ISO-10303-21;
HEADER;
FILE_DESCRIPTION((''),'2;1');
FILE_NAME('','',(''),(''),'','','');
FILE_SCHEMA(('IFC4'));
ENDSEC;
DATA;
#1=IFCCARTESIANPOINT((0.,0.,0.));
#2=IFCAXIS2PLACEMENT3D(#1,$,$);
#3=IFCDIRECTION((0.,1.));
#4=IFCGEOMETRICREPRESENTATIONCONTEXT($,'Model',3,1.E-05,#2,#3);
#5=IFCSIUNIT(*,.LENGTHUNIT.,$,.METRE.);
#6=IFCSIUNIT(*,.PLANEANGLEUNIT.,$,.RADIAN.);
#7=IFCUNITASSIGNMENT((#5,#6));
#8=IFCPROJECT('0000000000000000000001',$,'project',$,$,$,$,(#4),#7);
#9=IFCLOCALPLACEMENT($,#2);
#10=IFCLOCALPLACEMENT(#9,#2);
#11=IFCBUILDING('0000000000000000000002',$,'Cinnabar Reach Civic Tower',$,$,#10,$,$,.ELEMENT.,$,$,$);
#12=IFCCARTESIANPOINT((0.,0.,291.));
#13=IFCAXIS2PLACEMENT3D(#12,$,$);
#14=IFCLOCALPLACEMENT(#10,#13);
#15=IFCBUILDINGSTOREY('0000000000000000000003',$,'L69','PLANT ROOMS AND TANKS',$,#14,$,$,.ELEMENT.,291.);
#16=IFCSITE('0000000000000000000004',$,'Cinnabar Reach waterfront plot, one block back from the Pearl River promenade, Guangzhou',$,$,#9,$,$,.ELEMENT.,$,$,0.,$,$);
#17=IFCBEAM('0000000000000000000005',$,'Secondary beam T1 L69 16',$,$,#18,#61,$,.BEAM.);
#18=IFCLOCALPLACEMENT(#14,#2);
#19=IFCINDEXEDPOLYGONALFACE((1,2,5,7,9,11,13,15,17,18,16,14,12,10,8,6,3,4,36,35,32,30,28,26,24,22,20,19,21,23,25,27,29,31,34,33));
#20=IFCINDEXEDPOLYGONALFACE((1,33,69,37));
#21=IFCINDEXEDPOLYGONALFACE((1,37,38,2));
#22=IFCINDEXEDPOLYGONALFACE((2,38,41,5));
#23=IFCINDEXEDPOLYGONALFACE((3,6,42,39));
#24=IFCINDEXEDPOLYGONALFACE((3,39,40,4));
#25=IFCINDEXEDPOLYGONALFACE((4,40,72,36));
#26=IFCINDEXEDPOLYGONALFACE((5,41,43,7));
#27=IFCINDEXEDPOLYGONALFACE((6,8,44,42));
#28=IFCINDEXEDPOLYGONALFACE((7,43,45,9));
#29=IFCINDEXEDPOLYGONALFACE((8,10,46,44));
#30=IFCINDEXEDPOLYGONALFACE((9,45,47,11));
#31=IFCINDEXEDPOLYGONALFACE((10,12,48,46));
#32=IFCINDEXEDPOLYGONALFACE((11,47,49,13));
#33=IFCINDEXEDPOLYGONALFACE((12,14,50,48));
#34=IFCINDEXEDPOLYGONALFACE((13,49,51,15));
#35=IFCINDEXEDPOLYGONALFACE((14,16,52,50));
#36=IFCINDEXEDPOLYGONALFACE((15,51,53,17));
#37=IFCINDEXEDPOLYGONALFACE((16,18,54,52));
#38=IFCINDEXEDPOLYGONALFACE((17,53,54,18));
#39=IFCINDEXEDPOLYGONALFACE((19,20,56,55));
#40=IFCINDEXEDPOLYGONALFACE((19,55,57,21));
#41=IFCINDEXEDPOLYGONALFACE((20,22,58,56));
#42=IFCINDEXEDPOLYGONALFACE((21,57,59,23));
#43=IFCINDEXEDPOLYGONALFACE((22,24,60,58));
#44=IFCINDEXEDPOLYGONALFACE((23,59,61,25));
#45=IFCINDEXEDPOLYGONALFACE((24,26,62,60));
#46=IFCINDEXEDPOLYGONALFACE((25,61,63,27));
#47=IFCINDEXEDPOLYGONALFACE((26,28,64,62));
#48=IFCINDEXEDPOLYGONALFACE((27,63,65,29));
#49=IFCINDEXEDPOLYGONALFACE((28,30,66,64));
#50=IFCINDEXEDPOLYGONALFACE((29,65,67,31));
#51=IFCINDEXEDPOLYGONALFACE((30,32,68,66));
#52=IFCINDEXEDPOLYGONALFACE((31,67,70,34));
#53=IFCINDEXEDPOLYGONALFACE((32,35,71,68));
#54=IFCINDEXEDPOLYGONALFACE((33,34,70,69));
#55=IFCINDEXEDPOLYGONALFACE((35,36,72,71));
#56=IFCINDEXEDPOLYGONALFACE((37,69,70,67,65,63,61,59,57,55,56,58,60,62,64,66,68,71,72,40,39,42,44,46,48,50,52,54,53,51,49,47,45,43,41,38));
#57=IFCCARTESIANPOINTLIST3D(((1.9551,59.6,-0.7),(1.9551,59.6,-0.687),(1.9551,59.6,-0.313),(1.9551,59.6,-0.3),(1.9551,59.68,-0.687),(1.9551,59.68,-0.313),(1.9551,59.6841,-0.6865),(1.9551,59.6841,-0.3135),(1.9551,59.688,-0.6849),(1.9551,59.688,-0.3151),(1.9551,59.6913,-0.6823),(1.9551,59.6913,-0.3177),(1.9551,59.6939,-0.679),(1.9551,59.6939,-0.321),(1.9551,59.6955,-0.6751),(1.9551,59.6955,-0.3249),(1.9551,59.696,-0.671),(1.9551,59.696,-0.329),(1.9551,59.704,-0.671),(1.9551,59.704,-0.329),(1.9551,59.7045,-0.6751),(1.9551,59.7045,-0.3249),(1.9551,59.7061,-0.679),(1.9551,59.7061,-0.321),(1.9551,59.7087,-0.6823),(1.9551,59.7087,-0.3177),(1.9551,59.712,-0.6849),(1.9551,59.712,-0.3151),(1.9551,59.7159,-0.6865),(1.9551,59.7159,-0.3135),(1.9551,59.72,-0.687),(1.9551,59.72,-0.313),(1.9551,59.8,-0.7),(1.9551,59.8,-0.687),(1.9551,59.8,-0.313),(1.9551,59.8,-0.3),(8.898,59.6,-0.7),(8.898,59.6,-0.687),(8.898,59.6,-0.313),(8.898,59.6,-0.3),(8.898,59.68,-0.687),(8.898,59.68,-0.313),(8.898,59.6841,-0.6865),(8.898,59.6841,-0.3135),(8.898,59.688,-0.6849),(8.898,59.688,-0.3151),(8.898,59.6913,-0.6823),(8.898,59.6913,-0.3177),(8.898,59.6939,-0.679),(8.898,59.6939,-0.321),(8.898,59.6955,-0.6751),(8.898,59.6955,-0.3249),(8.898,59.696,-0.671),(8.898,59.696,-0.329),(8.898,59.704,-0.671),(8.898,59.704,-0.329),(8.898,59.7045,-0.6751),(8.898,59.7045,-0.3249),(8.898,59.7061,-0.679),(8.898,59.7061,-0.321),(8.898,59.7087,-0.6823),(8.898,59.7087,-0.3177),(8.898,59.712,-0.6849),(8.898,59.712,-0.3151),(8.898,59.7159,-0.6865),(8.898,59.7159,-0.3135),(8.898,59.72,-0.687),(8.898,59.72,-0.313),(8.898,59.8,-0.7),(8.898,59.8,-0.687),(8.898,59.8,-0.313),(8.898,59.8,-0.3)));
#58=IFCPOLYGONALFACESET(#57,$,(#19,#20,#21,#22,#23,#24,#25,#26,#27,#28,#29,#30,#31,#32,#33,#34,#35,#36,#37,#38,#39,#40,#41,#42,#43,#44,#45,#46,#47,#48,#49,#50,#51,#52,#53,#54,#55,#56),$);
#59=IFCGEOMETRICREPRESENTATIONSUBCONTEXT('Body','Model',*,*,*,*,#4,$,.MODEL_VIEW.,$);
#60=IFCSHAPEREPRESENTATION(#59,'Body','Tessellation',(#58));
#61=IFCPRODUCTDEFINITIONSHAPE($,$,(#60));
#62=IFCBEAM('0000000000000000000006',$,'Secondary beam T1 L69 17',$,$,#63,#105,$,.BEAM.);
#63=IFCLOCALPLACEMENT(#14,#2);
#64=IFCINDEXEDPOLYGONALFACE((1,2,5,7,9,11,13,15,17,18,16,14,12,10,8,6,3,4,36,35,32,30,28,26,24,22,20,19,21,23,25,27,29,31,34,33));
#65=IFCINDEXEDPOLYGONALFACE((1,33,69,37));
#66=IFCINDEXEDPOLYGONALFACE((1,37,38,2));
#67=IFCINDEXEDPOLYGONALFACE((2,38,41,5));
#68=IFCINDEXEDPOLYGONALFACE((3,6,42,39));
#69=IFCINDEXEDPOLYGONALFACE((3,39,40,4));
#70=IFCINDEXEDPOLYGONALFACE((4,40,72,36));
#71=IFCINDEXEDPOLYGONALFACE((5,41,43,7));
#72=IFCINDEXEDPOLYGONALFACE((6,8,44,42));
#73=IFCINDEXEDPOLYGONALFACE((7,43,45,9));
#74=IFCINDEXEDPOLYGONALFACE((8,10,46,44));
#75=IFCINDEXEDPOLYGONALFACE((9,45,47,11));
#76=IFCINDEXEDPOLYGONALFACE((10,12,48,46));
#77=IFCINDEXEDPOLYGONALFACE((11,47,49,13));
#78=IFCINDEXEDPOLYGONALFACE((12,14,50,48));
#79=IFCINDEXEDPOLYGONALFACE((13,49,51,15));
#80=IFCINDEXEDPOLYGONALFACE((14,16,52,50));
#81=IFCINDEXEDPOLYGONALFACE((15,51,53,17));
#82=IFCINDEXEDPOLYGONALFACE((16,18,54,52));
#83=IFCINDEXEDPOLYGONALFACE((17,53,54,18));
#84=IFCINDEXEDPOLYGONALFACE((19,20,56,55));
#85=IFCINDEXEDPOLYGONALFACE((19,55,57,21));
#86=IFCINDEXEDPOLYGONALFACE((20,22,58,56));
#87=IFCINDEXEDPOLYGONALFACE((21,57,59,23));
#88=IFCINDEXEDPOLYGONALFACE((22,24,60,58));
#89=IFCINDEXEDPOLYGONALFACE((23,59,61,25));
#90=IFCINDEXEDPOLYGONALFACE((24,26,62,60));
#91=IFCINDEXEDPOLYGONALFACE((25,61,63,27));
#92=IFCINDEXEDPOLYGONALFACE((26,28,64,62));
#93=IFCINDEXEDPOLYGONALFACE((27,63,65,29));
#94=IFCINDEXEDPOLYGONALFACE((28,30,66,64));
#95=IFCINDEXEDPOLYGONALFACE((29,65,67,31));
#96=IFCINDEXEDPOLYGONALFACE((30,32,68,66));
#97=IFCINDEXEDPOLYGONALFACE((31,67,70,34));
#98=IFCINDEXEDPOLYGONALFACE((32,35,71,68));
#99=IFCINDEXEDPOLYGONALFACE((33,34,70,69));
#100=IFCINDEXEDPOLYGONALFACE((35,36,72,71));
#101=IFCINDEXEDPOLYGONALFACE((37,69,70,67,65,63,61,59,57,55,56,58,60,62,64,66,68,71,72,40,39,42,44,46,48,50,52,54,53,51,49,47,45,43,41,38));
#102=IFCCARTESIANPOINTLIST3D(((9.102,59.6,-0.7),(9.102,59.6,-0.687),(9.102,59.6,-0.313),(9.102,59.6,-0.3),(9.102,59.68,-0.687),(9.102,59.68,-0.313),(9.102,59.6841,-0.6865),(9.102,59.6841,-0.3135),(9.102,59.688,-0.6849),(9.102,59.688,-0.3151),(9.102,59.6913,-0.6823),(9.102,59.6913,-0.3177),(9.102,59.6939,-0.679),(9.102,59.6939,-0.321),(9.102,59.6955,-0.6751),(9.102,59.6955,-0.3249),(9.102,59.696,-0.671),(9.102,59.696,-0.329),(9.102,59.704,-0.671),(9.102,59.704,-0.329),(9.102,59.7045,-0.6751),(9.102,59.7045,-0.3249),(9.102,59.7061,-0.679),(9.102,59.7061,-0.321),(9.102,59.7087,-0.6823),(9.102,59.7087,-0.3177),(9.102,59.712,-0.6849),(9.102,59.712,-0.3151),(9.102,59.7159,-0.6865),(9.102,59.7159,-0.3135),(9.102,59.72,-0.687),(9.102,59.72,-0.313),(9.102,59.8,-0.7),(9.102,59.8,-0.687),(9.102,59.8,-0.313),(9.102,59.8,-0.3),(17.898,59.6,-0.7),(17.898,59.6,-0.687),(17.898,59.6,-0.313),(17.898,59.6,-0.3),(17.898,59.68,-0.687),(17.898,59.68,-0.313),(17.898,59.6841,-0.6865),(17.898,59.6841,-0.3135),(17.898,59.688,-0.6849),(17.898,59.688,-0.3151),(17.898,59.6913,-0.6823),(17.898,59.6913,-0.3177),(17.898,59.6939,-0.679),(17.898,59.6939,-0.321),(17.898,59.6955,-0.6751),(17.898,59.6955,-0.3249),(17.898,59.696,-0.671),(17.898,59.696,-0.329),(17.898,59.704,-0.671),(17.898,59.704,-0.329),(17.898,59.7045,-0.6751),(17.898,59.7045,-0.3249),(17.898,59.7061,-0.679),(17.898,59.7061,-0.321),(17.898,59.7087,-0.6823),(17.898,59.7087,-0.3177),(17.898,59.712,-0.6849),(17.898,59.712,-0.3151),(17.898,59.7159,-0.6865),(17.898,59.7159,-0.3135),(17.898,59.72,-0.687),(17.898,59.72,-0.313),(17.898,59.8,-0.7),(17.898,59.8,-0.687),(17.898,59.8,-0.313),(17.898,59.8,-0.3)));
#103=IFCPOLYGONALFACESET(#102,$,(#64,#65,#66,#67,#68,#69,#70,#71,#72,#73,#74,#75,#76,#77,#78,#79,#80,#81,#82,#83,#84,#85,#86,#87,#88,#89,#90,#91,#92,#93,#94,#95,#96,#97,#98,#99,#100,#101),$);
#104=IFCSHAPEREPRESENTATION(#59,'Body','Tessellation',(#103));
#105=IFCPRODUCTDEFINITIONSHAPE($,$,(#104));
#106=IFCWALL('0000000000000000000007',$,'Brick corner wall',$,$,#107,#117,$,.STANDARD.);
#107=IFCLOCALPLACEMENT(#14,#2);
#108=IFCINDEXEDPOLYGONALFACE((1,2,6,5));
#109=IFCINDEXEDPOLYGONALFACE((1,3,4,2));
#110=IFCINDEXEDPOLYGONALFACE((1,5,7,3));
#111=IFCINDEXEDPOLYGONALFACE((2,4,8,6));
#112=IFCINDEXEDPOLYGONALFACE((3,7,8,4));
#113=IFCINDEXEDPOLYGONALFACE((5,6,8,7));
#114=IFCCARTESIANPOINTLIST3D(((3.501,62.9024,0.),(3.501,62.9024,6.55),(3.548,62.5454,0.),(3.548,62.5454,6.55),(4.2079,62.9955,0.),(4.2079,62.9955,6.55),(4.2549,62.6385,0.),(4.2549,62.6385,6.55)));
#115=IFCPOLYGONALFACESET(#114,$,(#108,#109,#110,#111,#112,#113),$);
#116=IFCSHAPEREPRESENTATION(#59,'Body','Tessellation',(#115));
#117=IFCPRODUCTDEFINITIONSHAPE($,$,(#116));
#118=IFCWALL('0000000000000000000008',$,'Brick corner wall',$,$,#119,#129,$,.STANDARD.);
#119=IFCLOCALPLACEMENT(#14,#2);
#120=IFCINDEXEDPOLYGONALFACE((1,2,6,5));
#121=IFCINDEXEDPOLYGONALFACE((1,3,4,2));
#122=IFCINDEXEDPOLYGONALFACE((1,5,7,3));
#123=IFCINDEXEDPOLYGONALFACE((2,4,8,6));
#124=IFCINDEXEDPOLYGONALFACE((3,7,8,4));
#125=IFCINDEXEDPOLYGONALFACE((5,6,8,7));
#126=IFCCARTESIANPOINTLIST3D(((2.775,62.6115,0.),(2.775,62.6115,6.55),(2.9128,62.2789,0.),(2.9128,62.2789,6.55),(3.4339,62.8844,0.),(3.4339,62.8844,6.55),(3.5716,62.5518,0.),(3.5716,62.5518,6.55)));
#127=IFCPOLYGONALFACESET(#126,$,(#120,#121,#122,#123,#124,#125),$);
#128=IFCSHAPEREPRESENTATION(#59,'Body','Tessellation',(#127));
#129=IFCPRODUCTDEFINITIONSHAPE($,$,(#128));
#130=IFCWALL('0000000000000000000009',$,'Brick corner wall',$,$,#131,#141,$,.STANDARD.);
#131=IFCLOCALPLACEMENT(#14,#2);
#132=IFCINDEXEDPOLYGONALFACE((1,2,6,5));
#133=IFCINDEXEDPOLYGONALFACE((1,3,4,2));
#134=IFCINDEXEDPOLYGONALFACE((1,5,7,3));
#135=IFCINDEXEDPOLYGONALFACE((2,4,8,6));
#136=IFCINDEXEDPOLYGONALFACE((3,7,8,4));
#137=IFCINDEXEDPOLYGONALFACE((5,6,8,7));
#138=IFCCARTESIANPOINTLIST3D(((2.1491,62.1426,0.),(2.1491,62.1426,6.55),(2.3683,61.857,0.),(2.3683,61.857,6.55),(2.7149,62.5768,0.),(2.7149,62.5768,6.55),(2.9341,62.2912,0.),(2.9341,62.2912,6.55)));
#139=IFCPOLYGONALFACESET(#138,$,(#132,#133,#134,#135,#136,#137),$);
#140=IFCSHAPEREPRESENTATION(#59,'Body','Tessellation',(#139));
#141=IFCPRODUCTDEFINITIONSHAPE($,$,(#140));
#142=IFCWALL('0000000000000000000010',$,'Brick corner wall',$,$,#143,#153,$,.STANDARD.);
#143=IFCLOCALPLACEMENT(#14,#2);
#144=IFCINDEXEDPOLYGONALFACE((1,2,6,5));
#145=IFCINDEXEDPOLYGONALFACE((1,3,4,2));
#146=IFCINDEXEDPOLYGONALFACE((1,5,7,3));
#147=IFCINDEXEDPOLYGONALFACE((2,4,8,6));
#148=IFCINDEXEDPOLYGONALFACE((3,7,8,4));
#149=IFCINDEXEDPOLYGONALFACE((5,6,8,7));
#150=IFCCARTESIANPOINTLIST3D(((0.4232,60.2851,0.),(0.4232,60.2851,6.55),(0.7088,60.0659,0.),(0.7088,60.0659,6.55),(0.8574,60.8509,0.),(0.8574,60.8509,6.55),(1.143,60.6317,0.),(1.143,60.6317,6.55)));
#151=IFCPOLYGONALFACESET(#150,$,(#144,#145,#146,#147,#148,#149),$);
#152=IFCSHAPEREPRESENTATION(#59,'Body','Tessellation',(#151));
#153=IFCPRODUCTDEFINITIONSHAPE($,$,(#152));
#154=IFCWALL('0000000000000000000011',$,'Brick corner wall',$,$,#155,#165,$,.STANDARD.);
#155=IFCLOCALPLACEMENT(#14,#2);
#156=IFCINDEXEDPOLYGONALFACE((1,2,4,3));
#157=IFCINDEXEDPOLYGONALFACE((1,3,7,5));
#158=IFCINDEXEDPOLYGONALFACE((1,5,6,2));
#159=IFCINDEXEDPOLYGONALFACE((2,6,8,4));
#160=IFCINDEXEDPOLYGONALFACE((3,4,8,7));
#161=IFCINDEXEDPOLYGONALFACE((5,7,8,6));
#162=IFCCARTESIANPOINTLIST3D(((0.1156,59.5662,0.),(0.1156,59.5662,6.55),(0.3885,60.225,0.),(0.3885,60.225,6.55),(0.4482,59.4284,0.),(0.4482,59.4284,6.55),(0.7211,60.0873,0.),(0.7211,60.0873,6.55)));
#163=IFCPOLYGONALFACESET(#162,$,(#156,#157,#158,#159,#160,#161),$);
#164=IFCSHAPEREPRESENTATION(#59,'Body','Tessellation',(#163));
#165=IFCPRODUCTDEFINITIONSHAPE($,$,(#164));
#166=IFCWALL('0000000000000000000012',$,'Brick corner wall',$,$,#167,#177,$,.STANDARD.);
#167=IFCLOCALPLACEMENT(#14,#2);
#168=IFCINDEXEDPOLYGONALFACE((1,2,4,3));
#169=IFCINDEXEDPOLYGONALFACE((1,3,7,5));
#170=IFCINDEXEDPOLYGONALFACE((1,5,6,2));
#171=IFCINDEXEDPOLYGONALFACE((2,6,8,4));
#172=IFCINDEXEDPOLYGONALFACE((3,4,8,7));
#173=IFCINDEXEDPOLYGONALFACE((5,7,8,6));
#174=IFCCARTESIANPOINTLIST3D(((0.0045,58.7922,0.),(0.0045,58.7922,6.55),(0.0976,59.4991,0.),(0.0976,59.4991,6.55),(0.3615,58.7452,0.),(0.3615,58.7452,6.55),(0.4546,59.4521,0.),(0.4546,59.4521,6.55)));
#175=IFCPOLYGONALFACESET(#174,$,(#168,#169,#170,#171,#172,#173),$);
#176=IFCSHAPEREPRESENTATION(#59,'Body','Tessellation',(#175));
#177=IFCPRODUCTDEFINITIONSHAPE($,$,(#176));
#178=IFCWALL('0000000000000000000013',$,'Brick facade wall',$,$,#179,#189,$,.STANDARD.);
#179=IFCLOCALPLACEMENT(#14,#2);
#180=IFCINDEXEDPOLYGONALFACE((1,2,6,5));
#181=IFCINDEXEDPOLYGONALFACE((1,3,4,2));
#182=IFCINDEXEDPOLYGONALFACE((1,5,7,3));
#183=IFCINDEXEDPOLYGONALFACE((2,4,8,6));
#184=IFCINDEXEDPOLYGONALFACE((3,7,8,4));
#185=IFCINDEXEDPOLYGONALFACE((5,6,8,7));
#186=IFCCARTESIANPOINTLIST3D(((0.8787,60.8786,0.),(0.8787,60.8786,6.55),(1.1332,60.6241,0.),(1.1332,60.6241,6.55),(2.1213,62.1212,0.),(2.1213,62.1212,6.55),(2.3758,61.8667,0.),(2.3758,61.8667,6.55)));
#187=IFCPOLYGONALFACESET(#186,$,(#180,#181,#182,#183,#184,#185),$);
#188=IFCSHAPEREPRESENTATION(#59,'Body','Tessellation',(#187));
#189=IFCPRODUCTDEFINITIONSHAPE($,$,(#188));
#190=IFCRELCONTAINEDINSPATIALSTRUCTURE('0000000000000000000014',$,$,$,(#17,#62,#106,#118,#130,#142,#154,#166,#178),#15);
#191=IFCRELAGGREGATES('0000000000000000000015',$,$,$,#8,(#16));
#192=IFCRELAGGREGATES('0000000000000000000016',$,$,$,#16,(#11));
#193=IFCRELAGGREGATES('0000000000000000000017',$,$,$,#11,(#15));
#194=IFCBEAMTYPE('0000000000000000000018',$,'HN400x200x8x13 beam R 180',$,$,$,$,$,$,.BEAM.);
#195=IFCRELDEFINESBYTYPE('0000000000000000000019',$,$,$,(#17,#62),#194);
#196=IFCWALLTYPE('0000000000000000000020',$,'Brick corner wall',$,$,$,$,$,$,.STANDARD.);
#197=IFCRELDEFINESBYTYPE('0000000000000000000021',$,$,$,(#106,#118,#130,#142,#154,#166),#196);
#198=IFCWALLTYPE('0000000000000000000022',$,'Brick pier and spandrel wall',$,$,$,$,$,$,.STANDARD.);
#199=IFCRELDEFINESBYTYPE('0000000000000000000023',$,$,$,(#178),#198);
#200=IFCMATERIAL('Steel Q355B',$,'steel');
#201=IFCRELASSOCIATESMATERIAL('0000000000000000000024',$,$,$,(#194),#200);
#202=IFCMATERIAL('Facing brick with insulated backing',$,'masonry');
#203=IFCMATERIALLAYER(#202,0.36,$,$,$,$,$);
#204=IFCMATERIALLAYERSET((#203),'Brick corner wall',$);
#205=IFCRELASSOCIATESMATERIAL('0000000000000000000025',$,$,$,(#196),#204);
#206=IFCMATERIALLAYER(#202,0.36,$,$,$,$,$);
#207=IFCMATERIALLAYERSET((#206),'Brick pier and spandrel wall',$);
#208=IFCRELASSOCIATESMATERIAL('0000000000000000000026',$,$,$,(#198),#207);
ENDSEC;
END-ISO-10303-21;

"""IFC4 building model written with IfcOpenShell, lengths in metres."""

from ifc_helpers import new_model, si_unit, direction, frame, frame_2d, origin, origin_2d, place, context, subcontext, project, spatial, rectangle, i_section, extrude, material, layer, layer_set, material_profile, profile_set, type_object, element, save


model = new_model("IFC4")

# Units and contexts
model_context = context("Model", 3, precision=1e-05, world=origin(), true_north=direction((0.0, 1.0)))
body_context = subcontext(model_context, "Body", "Model", "MODEL_VIEW")
ifc_project = project(units=[si_unit("LENGTHUNIT", "METRE"), si_unit("PLANEANGLEUNIT", "RADIAN")], contexts=[model_context])

# Site, building, storey
site_placement = place(None, origin())
site = spatial("IfcSite", under=ifc_project, at=site_placement, Name="Cinnabar Reach waterfront plot, one block back from the Pearl River promenade, Guangzhou", CompositionType="ELEMENT", RefElevation=0.0)
building_placement = place(site_placement, origin())
building = spatial("IfcBuilding", under=site, at=building_placement, Name="Cinnabar Reach Civic Tower", CompositionType="ELEMENT")
storey_placement = place(building_placement, frame((0.0, 0.0, 291.0)))
storey = spatial("IfcBuildingStorey", under=building, at=storey_placement, Name="L69", Description="PLANT ROOMS AND TANKS", CompositionType="ELEMENT", Elevation=291.0)

# Beams
ifc_material_1 = material(Name="Steel Q355B", Category="steel")
ifc_material_profile_1 = material_profile(ifc_material_1, i_section(OverallWidth=0.2, OverallDepth=0.4, WebThickness=0.008, FlangeThickness=0.013, FilletRadius=0.016, at=origin_2d()), Name="HN400x200x8x13")
ifc_profile_set_1 = profile_set([ifc_material_profile_1], Name="Steel Q355B")
beam_type_1 = type_object("IfcBeamType", Name="HN400x200x8x13 beam R 180", PredefinedType="BEAM", material=ifc_profile_set_1)
beam_1_placement = place(storey_placement, frame((1.9551, 59.7, -0.5), z_axis=(1.0, 0.0, 0.0), x_axis=(0.0, 1.0, 0.0)))
element("IfcBeam", 1, at=beam_1_placement, inside=storey, type_object=beam_type_1, Name="Secondary beam T1 L69 16", PredefinedType="BEAM", context=body_context, shape_type="SweptSolid", body=[
    extrude(i_section(OverallWidth=0.2, OverallDepth=0.4, WebThickness=0.008, FlangeThickness=0.013, FilletRadius=0.016, at=origin_2d()), origin(), (0.0, 0.0, 1.0), 6.9429),
])
beam_2_placement = place(storey_placement, frame((9.102, 59.7, -0.5), z_axis=(1.0, 0.0, 0.0), x_axis=(0.0, 1.0, 0.0)))
element("IfcBeam", 2, at=beam_2_placement, inside=storey, type_object=beam_type_1, Name="Secondary beam T1 L69 17", PredefinedType="BEAM", context=body_context, shape_type="SweptSolid", body=[
    extrude(i_section(OverallWidth=0.2, OverallDepth=0.4, WebThickness=0.008, FlangeThickness=0.013, FilletRadius=0.016, at=origin_2d()), origin(), (0.0, 0.0, 1.0), 8.796),
])

# Walls
ifc_material_2 = material(Name="Facing brick with insulated backing", Category="masonry")
ifc_layer_1 = layer(ifc_material_2, 0.36)
ifc_layer_set_1 = layer_set([ifc_layer_1], Name="Brick corner wall")
wall_type_1 = type_object("IfcWallType", Name="Brick corner wall", PredefinedType="STANDARD", material=ifc_layer_set_1)
for number, where, z_axis, x_axis, name in (
    (3, (4.2314, 62.817, 0.0), (0.0, 0.0, 1.0), (-0.991441, -0.130556, 0.0), "Brick corner wall"),
    (4, (3.5027, 62.7181, 0.0), (0.0, 0.0, 1.0), (-0.923872, -0.382703, 0.0), "Brick corner wall"),
):
    element("IfcWall", number, at=place(storey_placement, frame(where, z_axis=z_axis, x_axis=x_axis)), inside=storey, type_object=wall_type_1, Name=name, PredefinedType="STANDARD", context=body_context, shape_type="SweptSolid", body=[
        extrude(rectangle(XDim=0.7131, YDim=0.36, at=frame_2d((0.3565, 0.0))), origin(), (0.0, 0.0, 1.0), 6.55),
    ])
for number, where, z_axis, x_axis, name in (
    (5, (2.8245, 62.434, 0.0), (0.0, 0.0, 1.0), (-0.793322, -0.608802, 0.0), "Brick corner wall"),
    (6, (1.0002, 60.7413, 0.0), (0.0, 0.0, 1.0), (-0.608802, -0.793322, 0.0), "Brick corner wall"),
):
    element("IfcWall", number, at=place(storey_placement, frame(where, z_axis=z_axis, x_axis=x_axis)), inside=storey, type_object=wall_type_1, Name=name, PredefinedType="STANDARD", context=body_context, shape_type="SweptSolid", body=[
        extrude(rectangle(XDim=0.7132, YDim=0.36, at=frame_2d((0.3566, 0.0))), origin(), (0.0, 0.0, 1.0), 6.55),
    ])
for number, where, z_axis, x_axis, name in (
    (7, (0.5548, 60.1561, 0.0), (0.0, 0.0, 1.0), (-0.382703, -0.923872, 0.0), "Brick corner wall"),
    (8, (0.2761, 59.4756, 0.0), (0.0, 0.0, 1.0), (-0.130556, -0.991441, 0.0), "Brick corner wall"),
):
    element("IfcWall", number, at=place(storey_placement, frame(where, z_axis=z_axis, x_axis=x_axis)), inside=storey, type_object=wall_type_1, Name=name, PredefinedType="STANDARD", context=body_context, shape_type="SweptSolid", body=[
        extrude(rectangle(XDim=0.7131, YDim=0.36, at=frame_2d((0.3565, 0.0))), origin(), (0.0, 0.0, 1.0), 6.55),
    ])
ifc_layer_2 = layer(ifc_material_2, 0.36)
ifc_layer_set_2 = layer_set([ifc_layer_2], Name="Brick pier and spandrel wall")
wall_type_2 = type_object("IfcWallType", Name="Brick pier and spandrel wall", PredefinedType="STANDARD", material=ifc_layer_set_2)
wall_1_placement = place(storey_placement, frame((2.2486, 61.994, 0.0), z_axis=(0.0, 0.0, 1.0), x_axis=(-0.707107, -0.707107, 0.0)))
element("IfcWall", 9, at=wall_1_placement, inside=storey, type_object=wall_type_2, Name="Brick facade wall", PredefinedType="STANDARD", context=body_context, shape_type="SweptSolid", body=[
    extrude(rectangle(XDim=1.7573, YDim=0.36, at=frame_2d((0.8787, 0.0))), origin(), (0.0, 0.0, 1.0), 6.55),
])

save(model, "model.ifc")
